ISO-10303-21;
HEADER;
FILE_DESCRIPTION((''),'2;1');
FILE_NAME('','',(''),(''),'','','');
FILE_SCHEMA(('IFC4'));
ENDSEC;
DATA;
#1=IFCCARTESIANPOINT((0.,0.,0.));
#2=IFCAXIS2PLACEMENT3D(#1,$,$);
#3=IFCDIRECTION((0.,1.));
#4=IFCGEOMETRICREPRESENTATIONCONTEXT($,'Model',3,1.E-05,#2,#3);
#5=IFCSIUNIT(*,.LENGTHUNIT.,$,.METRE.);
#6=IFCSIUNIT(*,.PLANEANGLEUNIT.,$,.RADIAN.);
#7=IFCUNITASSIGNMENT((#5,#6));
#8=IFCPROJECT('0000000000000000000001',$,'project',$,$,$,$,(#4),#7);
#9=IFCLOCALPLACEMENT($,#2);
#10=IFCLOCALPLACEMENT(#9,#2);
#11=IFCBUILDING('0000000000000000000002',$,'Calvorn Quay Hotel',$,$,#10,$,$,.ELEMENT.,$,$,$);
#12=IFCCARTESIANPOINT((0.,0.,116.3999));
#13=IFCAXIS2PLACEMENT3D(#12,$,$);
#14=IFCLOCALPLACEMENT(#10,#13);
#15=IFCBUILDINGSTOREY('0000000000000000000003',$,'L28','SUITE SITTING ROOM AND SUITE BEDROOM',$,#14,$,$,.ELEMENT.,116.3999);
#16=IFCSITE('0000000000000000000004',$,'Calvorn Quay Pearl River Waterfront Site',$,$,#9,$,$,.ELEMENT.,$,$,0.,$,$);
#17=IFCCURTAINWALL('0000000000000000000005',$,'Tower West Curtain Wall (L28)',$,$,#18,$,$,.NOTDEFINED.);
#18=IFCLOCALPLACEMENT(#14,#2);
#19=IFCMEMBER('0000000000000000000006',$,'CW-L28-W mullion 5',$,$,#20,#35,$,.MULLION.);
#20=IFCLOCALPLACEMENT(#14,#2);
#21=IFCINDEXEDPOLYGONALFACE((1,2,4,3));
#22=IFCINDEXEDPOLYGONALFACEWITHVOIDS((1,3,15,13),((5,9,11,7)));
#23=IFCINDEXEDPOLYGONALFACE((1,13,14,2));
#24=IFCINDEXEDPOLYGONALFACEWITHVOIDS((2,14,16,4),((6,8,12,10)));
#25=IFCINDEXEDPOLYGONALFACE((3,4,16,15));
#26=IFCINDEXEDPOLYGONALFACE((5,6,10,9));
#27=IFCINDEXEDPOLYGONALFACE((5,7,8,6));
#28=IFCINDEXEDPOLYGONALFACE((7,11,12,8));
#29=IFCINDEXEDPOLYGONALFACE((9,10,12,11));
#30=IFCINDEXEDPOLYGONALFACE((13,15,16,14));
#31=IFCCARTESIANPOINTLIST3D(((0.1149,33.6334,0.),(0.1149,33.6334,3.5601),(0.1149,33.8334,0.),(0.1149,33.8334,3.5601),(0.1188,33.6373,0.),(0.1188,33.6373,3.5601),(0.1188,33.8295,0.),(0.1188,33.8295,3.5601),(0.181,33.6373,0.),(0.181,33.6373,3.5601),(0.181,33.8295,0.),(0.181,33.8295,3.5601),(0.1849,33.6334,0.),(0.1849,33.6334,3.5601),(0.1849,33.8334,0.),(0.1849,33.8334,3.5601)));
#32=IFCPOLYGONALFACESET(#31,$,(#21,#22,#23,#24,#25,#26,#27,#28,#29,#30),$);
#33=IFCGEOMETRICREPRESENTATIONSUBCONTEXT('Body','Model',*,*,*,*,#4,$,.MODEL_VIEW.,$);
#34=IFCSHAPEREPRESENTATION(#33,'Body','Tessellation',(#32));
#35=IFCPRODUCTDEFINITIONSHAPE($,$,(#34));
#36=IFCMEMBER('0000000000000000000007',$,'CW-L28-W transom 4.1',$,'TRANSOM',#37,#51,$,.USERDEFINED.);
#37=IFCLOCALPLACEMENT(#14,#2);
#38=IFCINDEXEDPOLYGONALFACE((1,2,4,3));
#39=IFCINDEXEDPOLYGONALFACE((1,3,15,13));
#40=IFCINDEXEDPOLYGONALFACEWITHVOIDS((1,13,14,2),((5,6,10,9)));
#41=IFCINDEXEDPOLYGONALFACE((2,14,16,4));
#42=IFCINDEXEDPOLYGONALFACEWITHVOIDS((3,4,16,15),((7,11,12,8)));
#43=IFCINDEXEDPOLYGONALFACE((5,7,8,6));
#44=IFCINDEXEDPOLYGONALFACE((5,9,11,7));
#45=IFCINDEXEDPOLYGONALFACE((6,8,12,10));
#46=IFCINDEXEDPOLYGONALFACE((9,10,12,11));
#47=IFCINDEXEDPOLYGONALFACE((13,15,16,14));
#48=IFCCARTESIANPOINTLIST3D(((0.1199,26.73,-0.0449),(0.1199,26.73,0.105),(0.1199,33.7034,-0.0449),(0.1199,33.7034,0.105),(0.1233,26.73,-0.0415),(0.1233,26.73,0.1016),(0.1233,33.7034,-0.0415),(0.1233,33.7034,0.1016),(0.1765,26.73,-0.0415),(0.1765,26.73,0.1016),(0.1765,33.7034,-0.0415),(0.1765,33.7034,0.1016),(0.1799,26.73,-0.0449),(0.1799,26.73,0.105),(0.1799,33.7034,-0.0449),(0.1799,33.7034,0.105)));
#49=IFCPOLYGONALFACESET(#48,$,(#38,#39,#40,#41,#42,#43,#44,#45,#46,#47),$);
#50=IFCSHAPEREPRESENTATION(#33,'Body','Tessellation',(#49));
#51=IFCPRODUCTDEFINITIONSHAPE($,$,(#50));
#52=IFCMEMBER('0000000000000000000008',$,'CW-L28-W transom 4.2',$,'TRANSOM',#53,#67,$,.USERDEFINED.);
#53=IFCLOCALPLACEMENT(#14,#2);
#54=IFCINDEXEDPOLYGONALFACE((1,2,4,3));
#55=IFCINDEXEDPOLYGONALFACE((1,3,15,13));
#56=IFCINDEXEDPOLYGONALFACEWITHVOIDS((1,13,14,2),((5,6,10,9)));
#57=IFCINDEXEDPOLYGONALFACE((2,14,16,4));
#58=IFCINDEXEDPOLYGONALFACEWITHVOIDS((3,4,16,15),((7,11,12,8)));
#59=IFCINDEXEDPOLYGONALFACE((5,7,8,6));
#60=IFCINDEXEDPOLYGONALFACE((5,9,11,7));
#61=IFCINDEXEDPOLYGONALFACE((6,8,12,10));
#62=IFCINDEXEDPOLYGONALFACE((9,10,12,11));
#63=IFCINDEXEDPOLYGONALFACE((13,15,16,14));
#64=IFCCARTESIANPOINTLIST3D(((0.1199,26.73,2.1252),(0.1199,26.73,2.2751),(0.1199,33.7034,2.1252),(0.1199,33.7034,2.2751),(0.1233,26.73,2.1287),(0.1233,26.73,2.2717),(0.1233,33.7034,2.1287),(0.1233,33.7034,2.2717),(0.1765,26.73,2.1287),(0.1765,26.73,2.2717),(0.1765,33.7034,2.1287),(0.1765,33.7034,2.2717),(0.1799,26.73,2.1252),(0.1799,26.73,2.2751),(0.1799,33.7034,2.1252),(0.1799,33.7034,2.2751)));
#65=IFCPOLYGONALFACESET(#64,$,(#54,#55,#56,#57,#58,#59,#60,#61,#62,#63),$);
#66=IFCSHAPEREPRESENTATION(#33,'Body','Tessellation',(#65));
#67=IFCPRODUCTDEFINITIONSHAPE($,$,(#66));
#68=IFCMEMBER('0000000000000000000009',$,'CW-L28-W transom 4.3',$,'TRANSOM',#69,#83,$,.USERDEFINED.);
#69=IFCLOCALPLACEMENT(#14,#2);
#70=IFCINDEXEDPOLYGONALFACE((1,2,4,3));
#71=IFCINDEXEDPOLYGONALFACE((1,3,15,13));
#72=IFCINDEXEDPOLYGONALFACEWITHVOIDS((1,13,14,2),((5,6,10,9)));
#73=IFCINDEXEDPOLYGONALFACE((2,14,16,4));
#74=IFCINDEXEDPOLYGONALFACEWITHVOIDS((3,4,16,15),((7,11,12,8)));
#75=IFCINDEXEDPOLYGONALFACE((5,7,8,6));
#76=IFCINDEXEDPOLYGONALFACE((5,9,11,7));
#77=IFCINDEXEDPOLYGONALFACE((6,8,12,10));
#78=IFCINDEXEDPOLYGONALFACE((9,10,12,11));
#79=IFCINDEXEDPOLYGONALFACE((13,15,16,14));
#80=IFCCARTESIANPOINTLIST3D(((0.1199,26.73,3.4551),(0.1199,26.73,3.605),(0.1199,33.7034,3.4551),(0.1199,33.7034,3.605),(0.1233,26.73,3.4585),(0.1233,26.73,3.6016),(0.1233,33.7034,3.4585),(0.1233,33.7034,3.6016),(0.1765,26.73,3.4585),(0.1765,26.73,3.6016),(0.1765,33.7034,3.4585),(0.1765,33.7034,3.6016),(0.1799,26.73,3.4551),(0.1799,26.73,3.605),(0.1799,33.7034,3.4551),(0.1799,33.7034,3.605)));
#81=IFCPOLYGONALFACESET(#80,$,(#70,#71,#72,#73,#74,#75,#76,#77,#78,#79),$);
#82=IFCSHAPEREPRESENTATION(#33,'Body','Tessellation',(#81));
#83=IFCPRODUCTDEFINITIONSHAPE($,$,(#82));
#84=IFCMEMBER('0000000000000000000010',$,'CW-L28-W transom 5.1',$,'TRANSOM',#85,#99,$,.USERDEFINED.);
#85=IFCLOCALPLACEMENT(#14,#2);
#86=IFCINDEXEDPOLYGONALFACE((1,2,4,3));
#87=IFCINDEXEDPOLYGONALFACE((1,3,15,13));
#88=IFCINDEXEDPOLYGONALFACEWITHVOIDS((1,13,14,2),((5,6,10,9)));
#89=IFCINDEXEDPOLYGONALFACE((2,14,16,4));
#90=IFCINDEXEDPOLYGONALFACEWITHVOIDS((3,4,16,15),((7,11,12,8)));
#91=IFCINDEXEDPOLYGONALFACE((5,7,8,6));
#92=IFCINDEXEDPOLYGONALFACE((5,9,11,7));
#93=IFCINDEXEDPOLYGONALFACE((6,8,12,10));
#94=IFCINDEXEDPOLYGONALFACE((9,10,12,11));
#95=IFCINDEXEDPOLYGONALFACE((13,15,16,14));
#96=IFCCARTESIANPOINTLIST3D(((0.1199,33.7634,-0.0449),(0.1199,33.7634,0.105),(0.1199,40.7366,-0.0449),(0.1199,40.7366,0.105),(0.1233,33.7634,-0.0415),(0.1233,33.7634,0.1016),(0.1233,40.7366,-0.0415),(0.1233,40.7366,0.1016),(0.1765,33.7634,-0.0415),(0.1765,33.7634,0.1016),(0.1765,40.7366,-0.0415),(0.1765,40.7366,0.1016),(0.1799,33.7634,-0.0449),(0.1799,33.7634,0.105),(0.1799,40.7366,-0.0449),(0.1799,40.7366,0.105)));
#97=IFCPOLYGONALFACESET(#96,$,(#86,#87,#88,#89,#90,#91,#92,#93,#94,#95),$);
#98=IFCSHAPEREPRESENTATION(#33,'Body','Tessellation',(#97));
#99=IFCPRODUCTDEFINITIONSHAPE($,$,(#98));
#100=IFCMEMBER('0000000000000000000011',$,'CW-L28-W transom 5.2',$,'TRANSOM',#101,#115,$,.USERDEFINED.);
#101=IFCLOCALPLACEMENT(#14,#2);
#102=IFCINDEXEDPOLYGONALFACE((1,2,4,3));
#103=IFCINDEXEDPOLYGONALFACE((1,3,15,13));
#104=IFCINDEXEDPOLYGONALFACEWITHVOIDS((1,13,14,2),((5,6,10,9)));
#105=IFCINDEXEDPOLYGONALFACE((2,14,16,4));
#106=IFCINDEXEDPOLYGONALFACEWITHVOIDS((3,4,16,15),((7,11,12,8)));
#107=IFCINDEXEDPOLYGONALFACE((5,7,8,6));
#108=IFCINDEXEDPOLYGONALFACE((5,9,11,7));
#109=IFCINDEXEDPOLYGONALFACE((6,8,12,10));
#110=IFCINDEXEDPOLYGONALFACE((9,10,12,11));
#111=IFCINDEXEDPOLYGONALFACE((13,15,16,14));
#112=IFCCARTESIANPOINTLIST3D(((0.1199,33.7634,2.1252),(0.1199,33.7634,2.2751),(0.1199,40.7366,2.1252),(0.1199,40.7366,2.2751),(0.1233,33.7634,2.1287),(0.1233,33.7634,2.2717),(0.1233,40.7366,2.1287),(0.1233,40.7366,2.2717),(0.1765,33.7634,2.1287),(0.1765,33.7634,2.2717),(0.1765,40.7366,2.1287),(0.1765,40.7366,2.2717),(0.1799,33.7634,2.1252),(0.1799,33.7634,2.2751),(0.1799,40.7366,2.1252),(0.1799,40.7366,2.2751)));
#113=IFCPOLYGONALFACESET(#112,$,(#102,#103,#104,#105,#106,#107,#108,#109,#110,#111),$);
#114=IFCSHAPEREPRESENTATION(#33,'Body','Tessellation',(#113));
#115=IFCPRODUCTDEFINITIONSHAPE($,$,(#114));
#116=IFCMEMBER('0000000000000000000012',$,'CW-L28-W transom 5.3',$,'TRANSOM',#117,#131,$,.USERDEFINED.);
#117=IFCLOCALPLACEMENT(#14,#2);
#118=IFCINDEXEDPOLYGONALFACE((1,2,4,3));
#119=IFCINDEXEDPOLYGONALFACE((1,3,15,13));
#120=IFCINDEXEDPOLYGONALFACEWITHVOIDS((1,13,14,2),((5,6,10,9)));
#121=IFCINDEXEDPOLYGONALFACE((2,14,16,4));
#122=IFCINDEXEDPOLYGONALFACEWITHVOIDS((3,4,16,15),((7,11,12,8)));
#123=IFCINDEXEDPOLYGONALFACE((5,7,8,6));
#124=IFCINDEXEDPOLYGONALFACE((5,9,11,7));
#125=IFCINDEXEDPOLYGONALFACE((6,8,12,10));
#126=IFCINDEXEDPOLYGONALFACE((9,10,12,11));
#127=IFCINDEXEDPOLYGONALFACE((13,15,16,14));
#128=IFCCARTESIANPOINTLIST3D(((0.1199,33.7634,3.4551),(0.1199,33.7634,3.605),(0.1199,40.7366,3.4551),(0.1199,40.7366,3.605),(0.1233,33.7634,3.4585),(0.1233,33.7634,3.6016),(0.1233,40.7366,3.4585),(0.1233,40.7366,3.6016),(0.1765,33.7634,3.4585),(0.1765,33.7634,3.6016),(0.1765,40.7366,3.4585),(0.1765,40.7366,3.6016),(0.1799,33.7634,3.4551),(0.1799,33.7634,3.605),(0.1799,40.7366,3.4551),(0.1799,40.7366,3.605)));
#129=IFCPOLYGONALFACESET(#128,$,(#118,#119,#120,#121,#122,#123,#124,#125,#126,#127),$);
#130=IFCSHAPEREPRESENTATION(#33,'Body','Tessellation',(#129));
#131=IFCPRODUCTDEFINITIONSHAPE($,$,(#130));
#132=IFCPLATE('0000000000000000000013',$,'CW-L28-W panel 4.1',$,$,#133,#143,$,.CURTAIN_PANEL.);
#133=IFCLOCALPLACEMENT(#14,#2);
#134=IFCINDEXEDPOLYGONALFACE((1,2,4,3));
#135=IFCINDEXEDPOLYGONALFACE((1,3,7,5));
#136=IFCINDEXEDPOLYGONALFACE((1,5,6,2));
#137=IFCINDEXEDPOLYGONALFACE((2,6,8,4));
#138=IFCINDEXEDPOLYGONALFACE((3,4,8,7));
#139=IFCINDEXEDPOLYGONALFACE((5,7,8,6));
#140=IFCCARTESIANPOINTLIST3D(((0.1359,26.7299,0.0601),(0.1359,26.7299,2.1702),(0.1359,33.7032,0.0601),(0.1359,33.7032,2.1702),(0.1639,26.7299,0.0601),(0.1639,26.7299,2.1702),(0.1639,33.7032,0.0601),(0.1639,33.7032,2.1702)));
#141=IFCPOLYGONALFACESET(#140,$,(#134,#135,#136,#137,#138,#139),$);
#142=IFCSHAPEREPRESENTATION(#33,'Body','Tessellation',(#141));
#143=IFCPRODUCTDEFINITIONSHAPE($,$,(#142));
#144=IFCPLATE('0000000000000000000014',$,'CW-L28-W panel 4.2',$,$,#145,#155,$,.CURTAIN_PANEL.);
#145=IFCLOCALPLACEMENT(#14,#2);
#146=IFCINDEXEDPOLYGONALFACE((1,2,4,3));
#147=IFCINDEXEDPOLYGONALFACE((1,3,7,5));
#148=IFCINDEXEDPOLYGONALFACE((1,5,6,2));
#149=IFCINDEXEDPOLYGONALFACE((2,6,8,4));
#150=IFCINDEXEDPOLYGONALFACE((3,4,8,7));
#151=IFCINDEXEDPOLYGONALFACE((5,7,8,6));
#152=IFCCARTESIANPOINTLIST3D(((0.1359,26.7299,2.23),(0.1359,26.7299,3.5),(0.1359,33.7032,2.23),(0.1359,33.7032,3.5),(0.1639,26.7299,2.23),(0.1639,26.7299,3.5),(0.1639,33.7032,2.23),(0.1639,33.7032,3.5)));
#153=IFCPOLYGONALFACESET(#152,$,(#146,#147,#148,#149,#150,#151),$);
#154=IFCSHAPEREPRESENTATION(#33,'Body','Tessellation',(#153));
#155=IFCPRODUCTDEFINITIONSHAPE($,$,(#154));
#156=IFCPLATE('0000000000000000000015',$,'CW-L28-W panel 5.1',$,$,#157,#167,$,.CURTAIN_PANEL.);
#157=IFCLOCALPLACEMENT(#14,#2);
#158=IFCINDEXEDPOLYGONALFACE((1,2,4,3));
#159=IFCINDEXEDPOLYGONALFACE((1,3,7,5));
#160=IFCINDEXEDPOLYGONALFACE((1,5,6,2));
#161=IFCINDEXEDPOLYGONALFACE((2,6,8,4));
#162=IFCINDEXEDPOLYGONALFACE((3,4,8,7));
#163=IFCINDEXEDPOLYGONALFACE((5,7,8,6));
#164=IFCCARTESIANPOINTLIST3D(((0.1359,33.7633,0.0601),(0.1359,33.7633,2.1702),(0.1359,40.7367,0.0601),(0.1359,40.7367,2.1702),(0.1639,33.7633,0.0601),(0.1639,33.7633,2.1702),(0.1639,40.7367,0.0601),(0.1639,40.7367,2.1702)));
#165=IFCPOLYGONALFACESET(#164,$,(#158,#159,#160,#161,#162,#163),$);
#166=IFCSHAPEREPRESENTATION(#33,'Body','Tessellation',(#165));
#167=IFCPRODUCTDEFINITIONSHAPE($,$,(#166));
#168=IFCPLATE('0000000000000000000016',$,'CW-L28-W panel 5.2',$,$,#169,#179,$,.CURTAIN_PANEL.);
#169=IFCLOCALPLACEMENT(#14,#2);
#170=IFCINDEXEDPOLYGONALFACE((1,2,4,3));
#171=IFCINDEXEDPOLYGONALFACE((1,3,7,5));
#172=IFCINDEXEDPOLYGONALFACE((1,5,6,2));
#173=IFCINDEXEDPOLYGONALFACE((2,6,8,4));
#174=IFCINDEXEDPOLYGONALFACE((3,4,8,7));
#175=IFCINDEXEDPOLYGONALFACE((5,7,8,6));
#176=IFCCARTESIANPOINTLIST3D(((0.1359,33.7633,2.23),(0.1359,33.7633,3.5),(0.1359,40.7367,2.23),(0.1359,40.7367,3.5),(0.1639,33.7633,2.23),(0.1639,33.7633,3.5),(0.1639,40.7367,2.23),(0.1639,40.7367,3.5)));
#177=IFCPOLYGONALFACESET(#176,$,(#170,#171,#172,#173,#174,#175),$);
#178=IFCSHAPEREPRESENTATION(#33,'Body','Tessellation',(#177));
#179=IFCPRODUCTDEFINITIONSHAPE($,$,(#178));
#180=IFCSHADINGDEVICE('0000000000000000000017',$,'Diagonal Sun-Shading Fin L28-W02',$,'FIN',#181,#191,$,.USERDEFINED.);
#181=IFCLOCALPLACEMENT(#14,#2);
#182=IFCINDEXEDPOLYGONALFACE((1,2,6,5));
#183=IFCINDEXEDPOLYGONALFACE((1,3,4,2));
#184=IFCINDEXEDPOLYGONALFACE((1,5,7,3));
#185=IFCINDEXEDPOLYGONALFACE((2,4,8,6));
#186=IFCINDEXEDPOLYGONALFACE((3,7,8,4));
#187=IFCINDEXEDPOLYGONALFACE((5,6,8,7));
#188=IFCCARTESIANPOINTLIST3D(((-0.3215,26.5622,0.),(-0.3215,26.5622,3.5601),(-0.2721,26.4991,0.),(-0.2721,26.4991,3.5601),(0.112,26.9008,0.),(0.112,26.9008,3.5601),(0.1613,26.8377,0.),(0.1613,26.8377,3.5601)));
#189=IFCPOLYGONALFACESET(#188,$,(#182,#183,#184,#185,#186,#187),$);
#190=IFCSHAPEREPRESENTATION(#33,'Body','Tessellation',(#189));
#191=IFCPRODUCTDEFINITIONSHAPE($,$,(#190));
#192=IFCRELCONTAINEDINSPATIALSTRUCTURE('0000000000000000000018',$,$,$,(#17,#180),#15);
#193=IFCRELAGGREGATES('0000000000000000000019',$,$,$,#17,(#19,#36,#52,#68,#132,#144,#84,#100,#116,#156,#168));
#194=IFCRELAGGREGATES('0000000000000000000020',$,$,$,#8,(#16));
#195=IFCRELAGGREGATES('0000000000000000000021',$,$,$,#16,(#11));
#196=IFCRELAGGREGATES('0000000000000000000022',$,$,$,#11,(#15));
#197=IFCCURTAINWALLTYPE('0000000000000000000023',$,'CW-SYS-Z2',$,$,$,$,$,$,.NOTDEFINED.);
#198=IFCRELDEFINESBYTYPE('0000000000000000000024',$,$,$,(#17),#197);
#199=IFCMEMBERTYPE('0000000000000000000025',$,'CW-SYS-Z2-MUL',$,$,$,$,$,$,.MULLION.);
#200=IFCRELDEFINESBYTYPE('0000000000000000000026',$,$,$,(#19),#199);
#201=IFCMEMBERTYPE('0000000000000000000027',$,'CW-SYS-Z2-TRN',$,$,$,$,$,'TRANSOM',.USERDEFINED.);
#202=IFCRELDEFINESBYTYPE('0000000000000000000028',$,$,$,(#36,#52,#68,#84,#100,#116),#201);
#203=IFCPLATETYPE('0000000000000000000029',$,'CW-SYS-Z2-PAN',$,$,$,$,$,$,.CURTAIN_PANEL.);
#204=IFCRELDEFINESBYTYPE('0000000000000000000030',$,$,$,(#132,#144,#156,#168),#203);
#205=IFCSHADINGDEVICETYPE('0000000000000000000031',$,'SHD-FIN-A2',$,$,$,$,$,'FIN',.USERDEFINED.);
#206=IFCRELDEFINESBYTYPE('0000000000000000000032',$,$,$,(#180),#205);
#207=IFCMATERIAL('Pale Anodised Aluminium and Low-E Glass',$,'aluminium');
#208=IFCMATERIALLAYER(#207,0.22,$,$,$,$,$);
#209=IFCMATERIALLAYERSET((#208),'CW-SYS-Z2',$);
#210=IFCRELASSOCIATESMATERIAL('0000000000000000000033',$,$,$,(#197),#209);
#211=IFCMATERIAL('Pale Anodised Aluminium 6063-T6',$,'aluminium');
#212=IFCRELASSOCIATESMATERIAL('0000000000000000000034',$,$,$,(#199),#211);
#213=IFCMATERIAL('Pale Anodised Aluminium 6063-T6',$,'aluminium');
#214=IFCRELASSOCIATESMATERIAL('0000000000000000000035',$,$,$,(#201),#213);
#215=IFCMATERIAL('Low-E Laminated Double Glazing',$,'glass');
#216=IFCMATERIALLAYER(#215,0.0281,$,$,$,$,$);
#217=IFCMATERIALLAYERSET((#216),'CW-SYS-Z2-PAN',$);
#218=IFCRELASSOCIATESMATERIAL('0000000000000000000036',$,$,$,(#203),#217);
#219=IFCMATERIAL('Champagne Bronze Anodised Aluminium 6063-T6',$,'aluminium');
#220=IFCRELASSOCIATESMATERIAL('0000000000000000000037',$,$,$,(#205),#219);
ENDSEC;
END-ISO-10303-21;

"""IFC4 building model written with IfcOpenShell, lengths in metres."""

from ifc_helpers import new_model, si_unit, direction, frame, origin, origin_2d, place, context, subcontext, project, spatial, rectangle, hollow_rectangle, extrude, material, layer, layer_set, material_profile, profile_set, type_object, element, aggregate, save


model = new_model("IFC4")

# Units and contexts
model_context = context("Model", 3, precision=1e-05, world=origin(), true_north=direction((0.0, 1.0)))
body_context = subcontext(model_context, "Body", "Model", "MODEL_VIEW")
ifc_project = project(units=[si_unit("LENGTHUNIT", "METRE"), si_unit("PLANEANGLEUNIT", "RADIAN")], contexts=[model_context])

# Site, building, storey
site_placement = place(None, origin())
site = spatial("IfcSite", under=ifc_project, at=site_placement, Name="Calvorn Quay Pearl River Waterfront Site", CompositionType="ELEMENT", RefElevation=0.0)
building_placement = place(site_placement, origin())
building = spatial("IfcBuilding", under=site, at=building_placement, Name="Calvorn Quay Hotel", CompositionType="ELEMENT")
storey_placement = place(building_placement, frame((0.0, 0.0, 116.3999)))
storey = spatial("IfcBuildingStorey", under=building, at=storey_placement, Name="L28", Description="SUITE SITTING ROOM AND SUITE BEDROOM", CompositionType="ELEMENT", Elevation=116.3999)

# Curtain wall, members, plates
ifc_material_1 = material(Name="Pale Anodised Aluminium and Low-E Glass", Category="aluminium")
ifc_layer_1 = layer(ifc_material_1, 0.22)
ifc_layer_set_1 = layer_set([ifc_layer_1], Name="CW-SYS-Z2")
curtain_wall_type = type_object("IfcCurtainWallType", Name="CW-SYS-Z2", PredefinedType="NOTDEFINED", material=ifc_layer_set_1)
curtain_wall_placement = place(storey_placement, origin())
curtain_wall = element("IfcCurtainWall", 1, at=curtain_wall_placement, inside=storey, type_object=curtain_wall_type, Name="Tower West Curtain Wall (L28)", PredefinedType="NOTDEFINED")
ifc_material_2 = material(Name="Pale Anodised Aluminium 6063-T6", Category="aluminium")
ifc_material_profile_1 = material_profile(ifc_material_2, hollow_rectangle(XDim=0.0701, YDim=0.2, WallThickness=0.0039, at=origin_2d()), Name="ALU-M200x70x4")
ifc_profile_set_1 = profile_set([ifc_material_profile_1], Name="Pale Anodised Aluminium 6063-T6")
member_type_1 = type_object("IfcMemberType", Name="CW-SYS-Z2-MUL", PredefinedType="MULLION", material=ifc_profile_set_1)
member_1_placement = place(storey_placement, frame((0.1499, 33.7334, 0.0), z_axis=(0.0, 0.0, 1.0), x_axis=(-1.0, 0.0, 0.0)))
member_1 = element("IfcMember", 2, at=member_1_placement, type_object=member_type_1, Name="CW-L28-W mullion 5", PredefinedType="MULLION", context=body_context, shape_type="SweptSolid", body=[
    extrude(hollow_rectangle(XDim=0.0701, YDim=0.2, WallThickness=0.0039, at=origin_2d()), origin(), (0.0, 0.0, 1.0), 3.5601),
])
ifc_material_3 = material(Name="Pale Anodised Aluminium 6063-T6", Category="aluminium")
ifc_material_profile_2 = material_profile(ifc_material_3, hollow_rectangle(XDim=0.0601, YDim=0.1499, WallThickness=0.0034, at=origin_2d()), Name="ALU-T150x60x3.5")
ifc_profile_set_2 = profile_set([ifc_material_profile_2], Name="Pale Anodised Aluminium 6063-T6")
member_type_2 = type_object("IfcMemberType", Name="CW-SYS-Z2-TRN", ElementType="TRANSOM", PredefinedType="USERDEFINED", material=ifc_profile_set_2)
member_2_placement = place(storey_placement, frame((0.1499, 26.73, 0.03), z_axis=(0.0, 1.0, 0.0), x_axis=(-1.0, 0.0, 0.0)))
member_2 = element("IfcMember", 3, at=member_2_placement, type_object=member_type_2, Name="CW-L28-W transom 4.1", ObjectType="TRANSOM", PredefinedType="USERDEFINED", context=body_context, shape_type="SweptSolid", body=[
    extrude(hollow_rectangle(XDim=0.0601, YDim=0.1499, WallThickness=0.0034, at=origin_2d()), origin(), (0.0, 0.0, 1.0), 6.9734),
])
member_3_placement = place(storey_placement, frame((0.1499, 26.73, 2.2002), z_axis=(0.0, 1.0, 0.0), x_axis=(-1.0, 0.0, 0.0)))
member_3 = element("IfcMember", 4, at=member_3_placement, type_object=member_type_2, Name="CW-L28-W transom 4.2", ObjectType="TRANSOM", PredefinedType="USERDEFINED", context=body_context, shape_type="SweptSolid", body=[
    extrude(hollow_rectangle(XDim=0.0601, YDim=0.1499, WallThickness=0.0034, at=origin_2d()), origin(), (0.0, 0.0, 1.0), 6.9734),
])
member_4_placement = place(storey_placement, frame((0.1499, 26.73, 3.53), z_axis=(0.0, 1.0, 0.0), x_axis=(-1.0, 0.0, 0.0)))
member_4 = element("IfcMember", 5, at=member_4_placement, type_object=member_type_2, Name="CW-L28-W transom 4.3", ObjectType="TRANSOM", PredefinedType="USERDEFINED", context=body_context, shape_type="SweptSolid", body=[
    extrude(hollow_rectangle(XDim=0.0601, YDim=0.1499, WallThickness=0.0034, at=origin_2d()), origin(), (0.0, 0.0, 1.0), 6.9734),
])
member_5_placement = place(storey_placement, frame((0.1499, 33.7634, 0.03), z_axis=(0.0, 1.0, 0.0), x_axis=(-1.0, 0.0, 0.0)))
member_5 = element("IfcMember", 6, at=member_5_placement, type_object=member_type_2, Name="CW-L28-W transom 5.1", ObjectType="TRANSOM", PredefinedType="USERDEFINED", context=body_context, shape_type="SweptSolid", body=[
    extrude(hollow_rectangle(XDim=0.0601, YDim=0.1499, WallThickness=0.0034, at=origin_2d()), origin(), (0.0, 0.0, 1.0), 6.9731),
])
member_6_placement = place(storey_placement, frame((0.1499, 33.7634, 2.2002), z_axis=(0.0, 1.0, 0.0), x_axis=(-1.0, 0.0, 0.0)))
member_6 = element("IfcMember", 7, at=member_6_placement, type_object=member_type_2, Name="CW-L28-W transom 5.2", ObjectType="TRANSOM", PredefinedType="USERDEFINED", context=body_context, shape_type="SweptSolid", body=[
    extrude(hollow_rectangle(XDim=0.0601, YDim=0.1499, WallThickness=0.0034, at=origin_2d()), origin(), (0.0, 0.0, 1.0), 6.9731),
])
member_7_placement = place(storey_placement, frame((0.1499, 33.7634, 3.53), z_axis=(0.0, 1.0, 0.0), x_axis=(-1.0, 0.0, 0.0)))
member_7 = element("IfcMember", 8, at=member_7_placement, type_object=member_type_2, Name="CW-L28-W transom 5.3", ObjectType="TRANSOM", PredefinedType="USERDEFINED", context=body_context, shape_type="SweptSolid", body=[
    extrude(hollow_rectangle(XDim=0.0601, YDim=0.1499, WallThickness=0.0034, at=origin_2d()), origin(), (0.0, 0.0, 1.0), 6.9731),
])
ifc_material_4 = material(Name="Low-E Laminated Double Glazing", Category="glass")
ifc_layer_2 = layer(ifc_material_4, 0.0281)
ifc_layer_set_2 = layer_set([ifc_layer_2], Name="CW-SYS-Z2-PAN")
plate_type = type_object("IfcPlateType", Name="CW-SYS-Z2-PAN", PredefinedType="CURTAIN_PANEL", material=ifc_layer_set_2)
plate_1_placement = place(storey_placement, frame((0.1499, 30.2166, 0.0601), z_axis=(0.0, 0.0, 1.0), x_axis=(0.0, 1.0, 0.0)))
plate_1 = element("IfcPlate", 9, at=plate_1_placement, type_object=plate_type, Name="CW-L28-W panel 4.1", PredefinedType="CURTAIN_PANEL", context=body_context, shape_type="SweptSolid", body=[
    extrude(rectangle(XDim=6.9734, YDim=0.0281, at=origin_2d()), origin(), (0.0, 0.0, 1.0), 2.1101),
])
plate_2_placement = place(storey_placement, frame((0.1499, 30.2166, 2.23), z_axis=(0.0, 0.0, 1.0), x_axis=(0.0, 1.0, 0.0)))
plate_2 = element("IfcPlate", 10, at=plate_2_placement, type_object=plate_type, Name="CW-L28-W panel 4.2", PredefinedType="CURTAIN_PANEL", context=body_context, shape_type="SweptSolid", body=[
    extrude(rectangle(XDim=6.9734, YDim=0.0281, at=origin_2d()), origin(), (0.0, 0.0, 1.0), 1.27),
])
plate_3_placement = place(storey_placement, frame((0.1499, 37.25, 0.0601), z_axis=(0.0, 0.0, 1.0), x_axis=(0.0, 1.0, 0.0)))
plate_3 = element("IfcPlate", 11, at=plate_3_placement, type_object=plate_type, Name="CW-L28-W panel 5.1", PredefinedType="CURTAIN_PANEL", context=body_context, shape_type="SweptSolid", body=[
    extrude(rectangle(XDim=6.9734, YDim=0.0281, at=origin_2d()), origin(), (0.0, 0.0, 1.0), 2.1101),
])
plate_4_placement = place(storey_placement, frame((0.1499, 37.25, 2.23), z_axis=(0.0, 0.0, 1.0), x_axis=(0.0, 1.0, 0.0)))
plate_4 = element("IfcPlate", 12, at=plate_4_placement, type_object=plate_type, Name="CW-L28-W panel 5.2", PredefinedType="CURTAIN_PANEL", context=body_context, shape_type="SweptSolid", body=[
    extrude(rectangle(XDim=6.9734, YDim=0.0281, at=origin_2d()), origin(), (0.0, 0.0, 1.0), 1.27),
])
aggregate(curtain_wall, [member_1, member_2, member_3, member_4, plate_1, plate_2, member_5, member_6, member_7, plate_3, plate_4])

# Shading device
ifc_material_5 = material(Name="Champagne Bronze Anodised Aluminium 6063-T6", Category="aluminium")
shading_device_type_1 = type_object("IfcShadingDeviceType", Name="SHD-FIN-A2", ElementType="FIN", PredefinedType="USERDEFINED", material=ifc_material_5)
shading_device_1_placement = place(storey_placement, frame((-0.0801, 26.7, 0.0), z_axis=(0.0, 0.0, 1.0), x_axis=(0.788011, 0.615661, 0.0)))
element("IfcShadingDevice", 13, at=shading_device_1_placement, inside=storey, type_object=shading_device_type_1, Name="Diagonal Sun-Shading Fin L28-W02", ObjectType="FIN", PredefinedType="USERDEFINED", context=body_context, shape_type="SweptSolid", body=[
    extrude(rectangle(XDim=0.55, YDim=0.0801, at=origin_2d()), origin(), (0.0, 0.0, 1.0), 3.5601),
])

save(model, "model.ifc")
